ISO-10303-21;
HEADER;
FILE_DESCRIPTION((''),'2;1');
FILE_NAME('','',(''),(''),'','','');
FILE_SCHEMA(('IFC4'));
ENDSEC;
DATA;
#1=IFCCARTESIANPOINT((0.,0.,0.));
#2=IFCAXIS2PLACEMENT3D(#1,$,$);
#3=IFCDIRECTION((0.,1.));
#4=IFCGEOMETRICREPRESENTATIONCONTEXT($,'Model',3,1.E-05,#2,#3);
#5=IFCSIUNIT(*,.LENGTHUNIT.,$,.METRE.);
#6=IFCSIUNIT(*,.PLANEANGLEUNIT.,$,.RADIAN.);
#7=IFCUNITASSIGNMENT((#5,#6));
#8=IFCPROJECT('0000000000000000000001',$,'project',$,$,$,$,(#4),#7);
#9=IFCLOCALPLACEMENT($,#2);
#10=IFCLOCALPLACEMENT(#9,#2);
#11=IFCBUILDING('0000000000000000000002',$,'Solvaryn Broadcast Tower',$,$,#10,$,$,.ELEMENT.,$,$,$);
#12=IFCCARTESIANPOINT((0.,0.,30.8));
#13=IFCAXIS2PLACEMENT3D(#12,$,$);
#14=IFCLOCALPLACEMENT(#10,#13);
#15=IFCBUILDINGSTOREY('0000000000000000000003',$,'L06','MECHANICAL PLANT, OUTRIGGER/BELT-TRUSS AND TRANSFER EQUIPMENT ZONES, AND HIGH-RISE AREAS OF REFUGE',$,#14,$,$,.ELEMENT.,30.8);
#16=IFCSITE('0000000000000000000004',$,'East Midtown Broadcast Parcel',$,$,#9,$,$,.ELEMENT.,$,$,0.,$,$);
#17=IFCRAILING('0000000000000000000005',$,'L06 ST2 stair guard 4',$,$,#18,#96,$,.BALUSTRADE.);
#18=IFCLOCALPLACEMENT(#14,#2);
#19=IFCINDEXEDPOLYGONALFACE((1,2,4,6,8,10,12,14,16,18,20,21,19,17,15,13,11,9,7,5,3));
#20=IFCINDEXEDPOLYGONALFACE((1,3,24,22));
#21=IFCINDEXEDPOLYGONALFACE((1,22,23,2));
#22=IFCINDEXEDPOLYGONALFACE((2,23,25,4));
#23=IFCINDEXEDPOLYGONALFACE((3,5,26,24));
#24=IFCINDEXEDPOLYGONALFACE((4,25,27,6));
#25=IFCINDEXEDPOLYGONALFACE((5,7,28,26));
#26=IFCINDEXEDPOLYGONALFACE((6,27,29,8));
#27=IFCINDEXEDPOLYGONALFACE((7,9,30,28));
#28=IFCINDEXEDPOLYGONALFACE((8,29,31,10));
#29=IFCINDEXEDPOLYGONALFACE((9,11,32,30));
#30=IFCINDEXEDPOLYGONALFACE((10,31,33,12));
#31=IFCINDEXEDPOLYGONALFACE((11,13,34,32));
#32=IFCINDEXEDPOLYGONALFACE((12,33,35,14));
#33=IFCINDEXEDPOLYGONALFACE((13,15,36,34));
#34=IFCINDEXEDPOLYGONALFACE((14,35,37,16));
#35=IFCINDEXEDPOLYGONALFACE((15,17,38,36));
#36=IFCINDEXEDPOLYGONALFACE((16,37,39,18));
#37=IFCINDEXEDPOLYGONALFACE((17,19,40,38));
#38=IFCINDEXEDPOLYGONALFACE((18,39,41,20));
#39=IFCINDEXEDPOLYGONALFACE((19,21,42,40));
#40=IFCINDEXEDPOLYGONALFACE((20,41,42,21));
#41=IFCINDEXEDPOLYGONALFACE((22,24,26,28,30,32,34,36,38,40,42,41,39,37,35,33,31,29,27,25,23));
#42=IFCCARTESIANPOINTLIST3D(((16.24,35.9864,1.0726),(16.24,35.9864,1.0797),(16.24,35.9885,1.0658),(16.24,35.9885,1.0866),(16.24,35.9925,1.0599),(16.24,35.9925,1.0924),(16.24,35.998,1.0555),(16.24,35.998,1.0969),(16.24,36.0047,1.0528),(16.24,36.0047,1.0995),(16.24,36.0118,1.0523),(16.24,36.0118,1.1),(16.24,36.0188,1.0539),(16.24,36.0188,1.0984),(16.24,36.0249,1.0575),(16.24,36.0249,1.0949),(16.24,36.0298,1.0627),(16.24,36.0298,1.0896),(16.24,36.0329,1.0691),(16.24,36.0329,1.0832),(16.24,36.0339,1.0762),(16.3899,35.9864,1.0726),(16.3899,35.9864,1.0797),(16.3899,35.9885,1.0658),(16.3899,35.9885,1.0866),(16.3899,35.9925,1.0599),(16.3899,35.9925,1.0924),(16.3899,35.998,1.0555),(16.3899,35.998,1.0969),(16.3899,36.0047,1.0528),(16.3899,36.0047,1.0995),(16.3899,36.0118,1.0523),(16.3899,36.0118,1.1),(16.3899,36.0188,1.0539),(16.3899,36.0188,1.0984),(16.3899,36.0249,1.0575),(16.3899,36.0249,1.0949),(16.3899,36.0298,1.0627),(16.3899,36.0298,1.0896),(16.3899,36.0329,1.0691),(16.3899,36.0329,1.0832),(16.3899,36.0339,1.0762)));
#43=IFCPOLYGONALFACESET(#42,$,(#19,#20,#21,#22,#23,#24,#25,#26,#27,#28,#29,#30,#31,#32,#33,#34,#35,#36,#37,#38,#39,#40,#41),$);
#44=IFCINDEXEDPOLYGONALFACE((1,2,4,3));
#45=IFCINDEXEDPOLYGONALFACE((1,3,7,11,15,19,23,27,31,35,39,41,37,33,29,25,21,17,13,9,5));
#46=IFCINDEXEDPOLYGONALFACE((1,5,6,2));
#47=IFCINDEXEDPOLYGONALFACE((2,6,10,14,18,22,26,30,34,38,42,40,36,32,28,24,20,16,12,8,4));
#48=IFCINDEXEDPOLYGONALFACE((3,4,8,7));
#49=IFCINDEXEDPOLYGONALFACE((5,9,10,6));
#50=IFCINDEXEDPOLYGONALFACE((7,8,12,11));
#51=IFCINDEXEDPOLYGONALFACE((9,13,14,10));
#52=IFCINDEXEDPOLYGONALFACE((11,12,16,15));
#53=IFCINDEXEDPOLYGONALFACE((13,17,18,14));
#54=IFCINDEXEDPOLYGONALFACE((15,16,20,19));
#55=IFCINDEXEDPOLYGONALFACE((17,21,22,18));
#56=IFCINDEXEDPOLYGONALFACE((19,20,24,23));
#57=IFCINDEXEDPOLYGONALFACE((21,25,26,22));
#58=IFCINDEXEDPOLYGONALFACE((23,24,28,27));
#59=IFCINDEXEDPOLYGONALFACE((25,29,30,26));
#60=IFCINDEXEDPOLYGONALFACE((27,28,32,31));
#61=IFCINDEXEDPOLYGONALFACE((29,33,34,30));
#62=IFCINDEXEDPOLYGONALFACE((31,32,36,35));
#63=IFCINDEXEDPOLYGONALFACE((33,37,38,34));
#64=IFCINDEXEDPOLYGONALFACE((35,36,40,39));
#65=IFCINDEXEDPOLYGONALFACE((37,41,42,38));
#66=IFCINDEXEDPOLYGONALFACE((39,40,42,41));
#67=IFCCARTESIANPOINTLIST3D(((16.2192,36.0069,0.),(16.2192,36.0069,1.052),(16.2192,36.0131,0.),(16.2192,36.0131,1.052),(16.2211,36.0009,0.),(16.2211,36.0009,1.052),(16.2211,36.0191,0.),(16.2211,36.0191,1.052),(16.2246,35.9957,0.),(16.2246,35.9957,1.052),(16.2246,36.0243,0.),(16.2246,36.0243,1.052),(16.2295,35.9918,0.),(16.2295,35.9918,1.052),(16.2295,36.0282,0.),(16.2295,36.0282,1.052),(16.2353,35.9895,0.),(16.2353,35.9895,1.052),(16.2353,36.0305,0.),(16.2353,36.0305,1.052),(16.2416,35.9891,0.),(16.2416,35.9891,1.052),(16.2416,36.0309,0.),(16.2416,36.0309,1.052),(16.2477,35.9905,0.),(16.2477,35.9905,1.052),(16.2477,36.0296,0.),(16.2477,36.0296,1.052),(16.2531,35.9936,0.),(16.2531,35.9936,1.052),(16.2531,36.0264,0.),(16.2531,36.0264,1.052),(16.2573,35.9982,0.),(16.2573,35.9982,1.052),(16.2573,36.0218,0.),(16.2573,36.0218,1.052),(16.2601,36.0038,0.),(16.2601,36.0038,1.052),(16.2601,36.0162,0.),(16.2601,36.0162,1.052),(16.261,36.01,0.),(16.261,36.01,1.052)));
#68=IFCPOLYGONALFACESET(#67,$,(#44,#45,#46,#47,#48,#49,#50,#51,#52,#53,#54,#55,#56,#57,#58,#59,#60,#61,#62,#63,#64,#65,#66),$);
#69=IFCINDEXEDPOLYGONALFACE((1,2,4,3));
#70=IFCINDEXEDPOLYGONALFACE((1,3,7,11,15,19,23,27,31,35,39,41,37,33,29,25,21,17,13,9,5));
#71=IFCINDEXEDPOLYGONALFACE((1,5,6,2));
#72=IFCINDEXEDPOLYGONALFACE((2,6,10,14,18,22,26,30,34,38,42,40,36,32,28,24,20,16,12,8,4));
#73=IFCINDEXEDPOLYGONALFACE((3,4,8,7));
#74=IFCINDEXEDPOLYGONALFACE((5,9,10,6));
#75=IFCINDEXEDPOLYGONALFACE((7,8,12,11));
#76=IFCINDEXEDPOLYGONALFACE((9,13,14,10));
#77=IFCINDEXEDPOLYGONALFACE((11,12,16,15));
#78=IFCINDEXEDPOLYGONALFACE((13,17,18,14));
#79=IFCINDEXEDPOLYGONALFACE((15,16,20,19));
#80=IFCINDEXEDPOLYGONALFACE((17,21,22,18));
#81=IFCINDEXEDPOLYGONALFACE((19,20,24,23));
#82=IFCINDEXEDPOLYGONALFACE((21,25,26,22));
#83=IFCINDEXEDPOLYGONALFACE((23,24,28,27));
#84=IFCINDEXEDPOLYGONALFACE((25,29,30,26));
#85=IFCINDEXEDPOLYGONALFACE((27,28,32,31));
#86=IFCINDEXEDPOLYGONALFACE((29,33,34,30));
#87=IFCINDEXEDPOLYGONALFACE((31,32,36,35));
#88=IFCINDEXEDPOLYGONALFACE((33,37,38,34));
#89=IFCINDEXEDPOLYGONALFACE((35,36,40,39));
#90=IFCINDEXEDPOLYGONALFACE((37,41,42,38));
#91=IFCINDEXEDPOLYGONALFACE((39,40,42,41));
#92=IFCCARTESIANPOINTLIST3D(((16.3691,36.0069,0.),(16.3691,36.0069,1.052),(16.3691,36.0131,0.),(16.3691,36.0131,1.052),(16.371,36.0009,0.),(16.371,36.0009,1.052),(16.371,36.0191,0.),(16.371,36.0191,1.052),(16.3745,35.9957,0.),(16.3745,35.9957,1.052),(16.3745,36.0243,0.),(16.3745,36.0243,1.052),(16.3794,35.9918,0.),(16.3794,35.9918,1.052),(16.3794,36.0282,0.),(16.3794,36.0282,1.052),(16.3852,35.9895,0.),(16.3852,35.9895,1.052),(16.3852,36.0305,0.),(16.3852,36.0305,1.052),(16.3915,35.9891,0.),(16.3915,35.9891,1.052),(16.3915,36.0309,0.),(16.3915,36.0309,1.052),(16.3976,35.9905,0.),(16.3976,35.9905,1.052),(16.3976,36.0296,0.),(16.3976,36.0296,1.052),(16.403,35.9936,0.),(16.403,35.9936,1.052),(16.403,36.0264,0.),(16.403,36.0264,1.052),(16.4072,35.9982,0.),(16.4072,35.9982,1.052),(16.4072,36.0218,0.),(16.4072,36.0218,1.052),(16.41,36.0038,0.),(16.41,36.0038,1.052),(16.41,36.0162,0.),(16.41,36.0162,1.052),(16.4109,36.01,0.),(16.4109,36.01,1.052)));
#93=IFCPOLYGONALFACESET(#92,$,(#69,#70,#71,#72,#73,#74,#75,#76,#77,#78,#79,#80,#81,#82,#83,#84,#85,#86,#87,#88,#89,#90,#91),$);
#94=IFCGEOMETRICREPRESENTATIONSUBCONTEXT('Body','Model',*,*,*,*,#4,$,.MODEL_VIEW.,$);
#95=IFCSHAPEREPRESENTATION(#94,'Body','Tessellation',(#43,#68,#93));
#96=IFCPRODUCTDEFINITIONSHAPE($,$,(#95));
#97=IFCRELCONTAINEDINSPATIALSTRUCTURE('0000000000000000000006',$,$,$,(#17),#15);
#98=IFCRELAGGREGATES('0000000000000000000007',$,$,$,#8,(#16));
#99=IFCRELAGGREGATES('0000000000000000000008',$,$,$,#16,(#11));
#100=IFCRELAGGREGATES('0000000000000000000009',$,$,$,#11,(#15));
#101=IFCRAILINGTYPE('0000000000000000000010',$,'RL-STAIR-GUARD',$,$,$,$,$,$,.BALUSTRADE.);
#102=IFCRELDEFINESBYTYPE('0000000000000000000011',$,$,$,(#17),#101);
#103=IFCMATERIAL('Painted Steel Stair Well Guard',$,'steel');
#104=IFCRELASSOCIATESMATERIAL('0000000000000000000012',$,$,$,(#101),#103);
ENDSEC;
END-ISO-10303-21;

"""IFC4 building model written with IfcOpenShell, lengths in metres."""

from ifc_helpers import new_model, si_unit, direction, frame, origin, origin_2d, place, context, subcontext, project, spatial, circle, extrude, material, type_object, element, save


model = new_model("IFC4")

# Units and contexts
model_context = context("Model", 3, precision=1e-05, world=origin(), true_north=direction((0.0, 1.0)))
body_context = subcontext(model_context, "Body", "Model", "MODEL_VIEW")
ifc_project = project(units=[si_unit("LENGTHUNIT", "METRE"), si_unit("PLANEANGLEUNIT", "RADIAN")], contexts=[model_context])

# Site, building, storey
site_placement = place(None, origin())
site = spatial("IfcSite", under=ifc_project, at=site_placement, Name="East Midtown Broadcast Parcel", CompositionType="ELEMENT", RefElevation=0.0)
building_placement = place(site_placement, origin())
building = spatial("IfcBuilding", under=site, at=building_placement, Name="Solvaryn Broadcast Tower", CompositionType="ELEMENT")
storey_placement = place(building_placement, frame((0.0, 0.0, 30.8)))
storey = spatial("IfcBuildingStorey", under=building, at=storey_placement, Name="L06", Description="MECHANICAL PLANT, OUTRIGGER/BELT-TRUSS AND TRANSFER EQUIPMENT ZONES, AND HIGH-RISE AREAS OF REFUGE", CompositionType="ELEMENT", Elevation=30.8)

# Railing
ifc_material_1 = material(Name="Painted Steel Stair Well Guard", Category="steel")
railing_type_1 = type_object("IfcRailingType", Name="RL-STAIR-GUARD", PredefinedType="BALUSTRADE", material=ifc_material_1)
railing_1_placement = place(storey_placement, frame((16.24, 36.01, 0.0)))
element("IfcRailing", 1, at=railing_1_placement, inside=storey, type_object=railing_type_1, Name="L06 ST2 stair guard 4", PredefinedType="BALUSTRADE", context=body_context, shape_type="SweptSolid", body=[
    extrude(circle(Radius=0.0239, at=origin_2d()), frame((0.0, 0.0, 1.0762), z_axis=(1.0, 0.0, 0.0), x_axis=(0.0, 1.0, 0.0)), (0.0, 0.0, 1.0), 0.1499),
    extrude(circle(Radius=0.021, at=origin_2d()), origin(), (0.0, 0.0, 1.0), 1.052),
    extrude(circle(Radius=0.021, at=origin_2d()), frame((0.1499, 0.0, 0.0)), (0.0, 0.0, 1.0), 1.052),
])

save(model, "model.ifc")
